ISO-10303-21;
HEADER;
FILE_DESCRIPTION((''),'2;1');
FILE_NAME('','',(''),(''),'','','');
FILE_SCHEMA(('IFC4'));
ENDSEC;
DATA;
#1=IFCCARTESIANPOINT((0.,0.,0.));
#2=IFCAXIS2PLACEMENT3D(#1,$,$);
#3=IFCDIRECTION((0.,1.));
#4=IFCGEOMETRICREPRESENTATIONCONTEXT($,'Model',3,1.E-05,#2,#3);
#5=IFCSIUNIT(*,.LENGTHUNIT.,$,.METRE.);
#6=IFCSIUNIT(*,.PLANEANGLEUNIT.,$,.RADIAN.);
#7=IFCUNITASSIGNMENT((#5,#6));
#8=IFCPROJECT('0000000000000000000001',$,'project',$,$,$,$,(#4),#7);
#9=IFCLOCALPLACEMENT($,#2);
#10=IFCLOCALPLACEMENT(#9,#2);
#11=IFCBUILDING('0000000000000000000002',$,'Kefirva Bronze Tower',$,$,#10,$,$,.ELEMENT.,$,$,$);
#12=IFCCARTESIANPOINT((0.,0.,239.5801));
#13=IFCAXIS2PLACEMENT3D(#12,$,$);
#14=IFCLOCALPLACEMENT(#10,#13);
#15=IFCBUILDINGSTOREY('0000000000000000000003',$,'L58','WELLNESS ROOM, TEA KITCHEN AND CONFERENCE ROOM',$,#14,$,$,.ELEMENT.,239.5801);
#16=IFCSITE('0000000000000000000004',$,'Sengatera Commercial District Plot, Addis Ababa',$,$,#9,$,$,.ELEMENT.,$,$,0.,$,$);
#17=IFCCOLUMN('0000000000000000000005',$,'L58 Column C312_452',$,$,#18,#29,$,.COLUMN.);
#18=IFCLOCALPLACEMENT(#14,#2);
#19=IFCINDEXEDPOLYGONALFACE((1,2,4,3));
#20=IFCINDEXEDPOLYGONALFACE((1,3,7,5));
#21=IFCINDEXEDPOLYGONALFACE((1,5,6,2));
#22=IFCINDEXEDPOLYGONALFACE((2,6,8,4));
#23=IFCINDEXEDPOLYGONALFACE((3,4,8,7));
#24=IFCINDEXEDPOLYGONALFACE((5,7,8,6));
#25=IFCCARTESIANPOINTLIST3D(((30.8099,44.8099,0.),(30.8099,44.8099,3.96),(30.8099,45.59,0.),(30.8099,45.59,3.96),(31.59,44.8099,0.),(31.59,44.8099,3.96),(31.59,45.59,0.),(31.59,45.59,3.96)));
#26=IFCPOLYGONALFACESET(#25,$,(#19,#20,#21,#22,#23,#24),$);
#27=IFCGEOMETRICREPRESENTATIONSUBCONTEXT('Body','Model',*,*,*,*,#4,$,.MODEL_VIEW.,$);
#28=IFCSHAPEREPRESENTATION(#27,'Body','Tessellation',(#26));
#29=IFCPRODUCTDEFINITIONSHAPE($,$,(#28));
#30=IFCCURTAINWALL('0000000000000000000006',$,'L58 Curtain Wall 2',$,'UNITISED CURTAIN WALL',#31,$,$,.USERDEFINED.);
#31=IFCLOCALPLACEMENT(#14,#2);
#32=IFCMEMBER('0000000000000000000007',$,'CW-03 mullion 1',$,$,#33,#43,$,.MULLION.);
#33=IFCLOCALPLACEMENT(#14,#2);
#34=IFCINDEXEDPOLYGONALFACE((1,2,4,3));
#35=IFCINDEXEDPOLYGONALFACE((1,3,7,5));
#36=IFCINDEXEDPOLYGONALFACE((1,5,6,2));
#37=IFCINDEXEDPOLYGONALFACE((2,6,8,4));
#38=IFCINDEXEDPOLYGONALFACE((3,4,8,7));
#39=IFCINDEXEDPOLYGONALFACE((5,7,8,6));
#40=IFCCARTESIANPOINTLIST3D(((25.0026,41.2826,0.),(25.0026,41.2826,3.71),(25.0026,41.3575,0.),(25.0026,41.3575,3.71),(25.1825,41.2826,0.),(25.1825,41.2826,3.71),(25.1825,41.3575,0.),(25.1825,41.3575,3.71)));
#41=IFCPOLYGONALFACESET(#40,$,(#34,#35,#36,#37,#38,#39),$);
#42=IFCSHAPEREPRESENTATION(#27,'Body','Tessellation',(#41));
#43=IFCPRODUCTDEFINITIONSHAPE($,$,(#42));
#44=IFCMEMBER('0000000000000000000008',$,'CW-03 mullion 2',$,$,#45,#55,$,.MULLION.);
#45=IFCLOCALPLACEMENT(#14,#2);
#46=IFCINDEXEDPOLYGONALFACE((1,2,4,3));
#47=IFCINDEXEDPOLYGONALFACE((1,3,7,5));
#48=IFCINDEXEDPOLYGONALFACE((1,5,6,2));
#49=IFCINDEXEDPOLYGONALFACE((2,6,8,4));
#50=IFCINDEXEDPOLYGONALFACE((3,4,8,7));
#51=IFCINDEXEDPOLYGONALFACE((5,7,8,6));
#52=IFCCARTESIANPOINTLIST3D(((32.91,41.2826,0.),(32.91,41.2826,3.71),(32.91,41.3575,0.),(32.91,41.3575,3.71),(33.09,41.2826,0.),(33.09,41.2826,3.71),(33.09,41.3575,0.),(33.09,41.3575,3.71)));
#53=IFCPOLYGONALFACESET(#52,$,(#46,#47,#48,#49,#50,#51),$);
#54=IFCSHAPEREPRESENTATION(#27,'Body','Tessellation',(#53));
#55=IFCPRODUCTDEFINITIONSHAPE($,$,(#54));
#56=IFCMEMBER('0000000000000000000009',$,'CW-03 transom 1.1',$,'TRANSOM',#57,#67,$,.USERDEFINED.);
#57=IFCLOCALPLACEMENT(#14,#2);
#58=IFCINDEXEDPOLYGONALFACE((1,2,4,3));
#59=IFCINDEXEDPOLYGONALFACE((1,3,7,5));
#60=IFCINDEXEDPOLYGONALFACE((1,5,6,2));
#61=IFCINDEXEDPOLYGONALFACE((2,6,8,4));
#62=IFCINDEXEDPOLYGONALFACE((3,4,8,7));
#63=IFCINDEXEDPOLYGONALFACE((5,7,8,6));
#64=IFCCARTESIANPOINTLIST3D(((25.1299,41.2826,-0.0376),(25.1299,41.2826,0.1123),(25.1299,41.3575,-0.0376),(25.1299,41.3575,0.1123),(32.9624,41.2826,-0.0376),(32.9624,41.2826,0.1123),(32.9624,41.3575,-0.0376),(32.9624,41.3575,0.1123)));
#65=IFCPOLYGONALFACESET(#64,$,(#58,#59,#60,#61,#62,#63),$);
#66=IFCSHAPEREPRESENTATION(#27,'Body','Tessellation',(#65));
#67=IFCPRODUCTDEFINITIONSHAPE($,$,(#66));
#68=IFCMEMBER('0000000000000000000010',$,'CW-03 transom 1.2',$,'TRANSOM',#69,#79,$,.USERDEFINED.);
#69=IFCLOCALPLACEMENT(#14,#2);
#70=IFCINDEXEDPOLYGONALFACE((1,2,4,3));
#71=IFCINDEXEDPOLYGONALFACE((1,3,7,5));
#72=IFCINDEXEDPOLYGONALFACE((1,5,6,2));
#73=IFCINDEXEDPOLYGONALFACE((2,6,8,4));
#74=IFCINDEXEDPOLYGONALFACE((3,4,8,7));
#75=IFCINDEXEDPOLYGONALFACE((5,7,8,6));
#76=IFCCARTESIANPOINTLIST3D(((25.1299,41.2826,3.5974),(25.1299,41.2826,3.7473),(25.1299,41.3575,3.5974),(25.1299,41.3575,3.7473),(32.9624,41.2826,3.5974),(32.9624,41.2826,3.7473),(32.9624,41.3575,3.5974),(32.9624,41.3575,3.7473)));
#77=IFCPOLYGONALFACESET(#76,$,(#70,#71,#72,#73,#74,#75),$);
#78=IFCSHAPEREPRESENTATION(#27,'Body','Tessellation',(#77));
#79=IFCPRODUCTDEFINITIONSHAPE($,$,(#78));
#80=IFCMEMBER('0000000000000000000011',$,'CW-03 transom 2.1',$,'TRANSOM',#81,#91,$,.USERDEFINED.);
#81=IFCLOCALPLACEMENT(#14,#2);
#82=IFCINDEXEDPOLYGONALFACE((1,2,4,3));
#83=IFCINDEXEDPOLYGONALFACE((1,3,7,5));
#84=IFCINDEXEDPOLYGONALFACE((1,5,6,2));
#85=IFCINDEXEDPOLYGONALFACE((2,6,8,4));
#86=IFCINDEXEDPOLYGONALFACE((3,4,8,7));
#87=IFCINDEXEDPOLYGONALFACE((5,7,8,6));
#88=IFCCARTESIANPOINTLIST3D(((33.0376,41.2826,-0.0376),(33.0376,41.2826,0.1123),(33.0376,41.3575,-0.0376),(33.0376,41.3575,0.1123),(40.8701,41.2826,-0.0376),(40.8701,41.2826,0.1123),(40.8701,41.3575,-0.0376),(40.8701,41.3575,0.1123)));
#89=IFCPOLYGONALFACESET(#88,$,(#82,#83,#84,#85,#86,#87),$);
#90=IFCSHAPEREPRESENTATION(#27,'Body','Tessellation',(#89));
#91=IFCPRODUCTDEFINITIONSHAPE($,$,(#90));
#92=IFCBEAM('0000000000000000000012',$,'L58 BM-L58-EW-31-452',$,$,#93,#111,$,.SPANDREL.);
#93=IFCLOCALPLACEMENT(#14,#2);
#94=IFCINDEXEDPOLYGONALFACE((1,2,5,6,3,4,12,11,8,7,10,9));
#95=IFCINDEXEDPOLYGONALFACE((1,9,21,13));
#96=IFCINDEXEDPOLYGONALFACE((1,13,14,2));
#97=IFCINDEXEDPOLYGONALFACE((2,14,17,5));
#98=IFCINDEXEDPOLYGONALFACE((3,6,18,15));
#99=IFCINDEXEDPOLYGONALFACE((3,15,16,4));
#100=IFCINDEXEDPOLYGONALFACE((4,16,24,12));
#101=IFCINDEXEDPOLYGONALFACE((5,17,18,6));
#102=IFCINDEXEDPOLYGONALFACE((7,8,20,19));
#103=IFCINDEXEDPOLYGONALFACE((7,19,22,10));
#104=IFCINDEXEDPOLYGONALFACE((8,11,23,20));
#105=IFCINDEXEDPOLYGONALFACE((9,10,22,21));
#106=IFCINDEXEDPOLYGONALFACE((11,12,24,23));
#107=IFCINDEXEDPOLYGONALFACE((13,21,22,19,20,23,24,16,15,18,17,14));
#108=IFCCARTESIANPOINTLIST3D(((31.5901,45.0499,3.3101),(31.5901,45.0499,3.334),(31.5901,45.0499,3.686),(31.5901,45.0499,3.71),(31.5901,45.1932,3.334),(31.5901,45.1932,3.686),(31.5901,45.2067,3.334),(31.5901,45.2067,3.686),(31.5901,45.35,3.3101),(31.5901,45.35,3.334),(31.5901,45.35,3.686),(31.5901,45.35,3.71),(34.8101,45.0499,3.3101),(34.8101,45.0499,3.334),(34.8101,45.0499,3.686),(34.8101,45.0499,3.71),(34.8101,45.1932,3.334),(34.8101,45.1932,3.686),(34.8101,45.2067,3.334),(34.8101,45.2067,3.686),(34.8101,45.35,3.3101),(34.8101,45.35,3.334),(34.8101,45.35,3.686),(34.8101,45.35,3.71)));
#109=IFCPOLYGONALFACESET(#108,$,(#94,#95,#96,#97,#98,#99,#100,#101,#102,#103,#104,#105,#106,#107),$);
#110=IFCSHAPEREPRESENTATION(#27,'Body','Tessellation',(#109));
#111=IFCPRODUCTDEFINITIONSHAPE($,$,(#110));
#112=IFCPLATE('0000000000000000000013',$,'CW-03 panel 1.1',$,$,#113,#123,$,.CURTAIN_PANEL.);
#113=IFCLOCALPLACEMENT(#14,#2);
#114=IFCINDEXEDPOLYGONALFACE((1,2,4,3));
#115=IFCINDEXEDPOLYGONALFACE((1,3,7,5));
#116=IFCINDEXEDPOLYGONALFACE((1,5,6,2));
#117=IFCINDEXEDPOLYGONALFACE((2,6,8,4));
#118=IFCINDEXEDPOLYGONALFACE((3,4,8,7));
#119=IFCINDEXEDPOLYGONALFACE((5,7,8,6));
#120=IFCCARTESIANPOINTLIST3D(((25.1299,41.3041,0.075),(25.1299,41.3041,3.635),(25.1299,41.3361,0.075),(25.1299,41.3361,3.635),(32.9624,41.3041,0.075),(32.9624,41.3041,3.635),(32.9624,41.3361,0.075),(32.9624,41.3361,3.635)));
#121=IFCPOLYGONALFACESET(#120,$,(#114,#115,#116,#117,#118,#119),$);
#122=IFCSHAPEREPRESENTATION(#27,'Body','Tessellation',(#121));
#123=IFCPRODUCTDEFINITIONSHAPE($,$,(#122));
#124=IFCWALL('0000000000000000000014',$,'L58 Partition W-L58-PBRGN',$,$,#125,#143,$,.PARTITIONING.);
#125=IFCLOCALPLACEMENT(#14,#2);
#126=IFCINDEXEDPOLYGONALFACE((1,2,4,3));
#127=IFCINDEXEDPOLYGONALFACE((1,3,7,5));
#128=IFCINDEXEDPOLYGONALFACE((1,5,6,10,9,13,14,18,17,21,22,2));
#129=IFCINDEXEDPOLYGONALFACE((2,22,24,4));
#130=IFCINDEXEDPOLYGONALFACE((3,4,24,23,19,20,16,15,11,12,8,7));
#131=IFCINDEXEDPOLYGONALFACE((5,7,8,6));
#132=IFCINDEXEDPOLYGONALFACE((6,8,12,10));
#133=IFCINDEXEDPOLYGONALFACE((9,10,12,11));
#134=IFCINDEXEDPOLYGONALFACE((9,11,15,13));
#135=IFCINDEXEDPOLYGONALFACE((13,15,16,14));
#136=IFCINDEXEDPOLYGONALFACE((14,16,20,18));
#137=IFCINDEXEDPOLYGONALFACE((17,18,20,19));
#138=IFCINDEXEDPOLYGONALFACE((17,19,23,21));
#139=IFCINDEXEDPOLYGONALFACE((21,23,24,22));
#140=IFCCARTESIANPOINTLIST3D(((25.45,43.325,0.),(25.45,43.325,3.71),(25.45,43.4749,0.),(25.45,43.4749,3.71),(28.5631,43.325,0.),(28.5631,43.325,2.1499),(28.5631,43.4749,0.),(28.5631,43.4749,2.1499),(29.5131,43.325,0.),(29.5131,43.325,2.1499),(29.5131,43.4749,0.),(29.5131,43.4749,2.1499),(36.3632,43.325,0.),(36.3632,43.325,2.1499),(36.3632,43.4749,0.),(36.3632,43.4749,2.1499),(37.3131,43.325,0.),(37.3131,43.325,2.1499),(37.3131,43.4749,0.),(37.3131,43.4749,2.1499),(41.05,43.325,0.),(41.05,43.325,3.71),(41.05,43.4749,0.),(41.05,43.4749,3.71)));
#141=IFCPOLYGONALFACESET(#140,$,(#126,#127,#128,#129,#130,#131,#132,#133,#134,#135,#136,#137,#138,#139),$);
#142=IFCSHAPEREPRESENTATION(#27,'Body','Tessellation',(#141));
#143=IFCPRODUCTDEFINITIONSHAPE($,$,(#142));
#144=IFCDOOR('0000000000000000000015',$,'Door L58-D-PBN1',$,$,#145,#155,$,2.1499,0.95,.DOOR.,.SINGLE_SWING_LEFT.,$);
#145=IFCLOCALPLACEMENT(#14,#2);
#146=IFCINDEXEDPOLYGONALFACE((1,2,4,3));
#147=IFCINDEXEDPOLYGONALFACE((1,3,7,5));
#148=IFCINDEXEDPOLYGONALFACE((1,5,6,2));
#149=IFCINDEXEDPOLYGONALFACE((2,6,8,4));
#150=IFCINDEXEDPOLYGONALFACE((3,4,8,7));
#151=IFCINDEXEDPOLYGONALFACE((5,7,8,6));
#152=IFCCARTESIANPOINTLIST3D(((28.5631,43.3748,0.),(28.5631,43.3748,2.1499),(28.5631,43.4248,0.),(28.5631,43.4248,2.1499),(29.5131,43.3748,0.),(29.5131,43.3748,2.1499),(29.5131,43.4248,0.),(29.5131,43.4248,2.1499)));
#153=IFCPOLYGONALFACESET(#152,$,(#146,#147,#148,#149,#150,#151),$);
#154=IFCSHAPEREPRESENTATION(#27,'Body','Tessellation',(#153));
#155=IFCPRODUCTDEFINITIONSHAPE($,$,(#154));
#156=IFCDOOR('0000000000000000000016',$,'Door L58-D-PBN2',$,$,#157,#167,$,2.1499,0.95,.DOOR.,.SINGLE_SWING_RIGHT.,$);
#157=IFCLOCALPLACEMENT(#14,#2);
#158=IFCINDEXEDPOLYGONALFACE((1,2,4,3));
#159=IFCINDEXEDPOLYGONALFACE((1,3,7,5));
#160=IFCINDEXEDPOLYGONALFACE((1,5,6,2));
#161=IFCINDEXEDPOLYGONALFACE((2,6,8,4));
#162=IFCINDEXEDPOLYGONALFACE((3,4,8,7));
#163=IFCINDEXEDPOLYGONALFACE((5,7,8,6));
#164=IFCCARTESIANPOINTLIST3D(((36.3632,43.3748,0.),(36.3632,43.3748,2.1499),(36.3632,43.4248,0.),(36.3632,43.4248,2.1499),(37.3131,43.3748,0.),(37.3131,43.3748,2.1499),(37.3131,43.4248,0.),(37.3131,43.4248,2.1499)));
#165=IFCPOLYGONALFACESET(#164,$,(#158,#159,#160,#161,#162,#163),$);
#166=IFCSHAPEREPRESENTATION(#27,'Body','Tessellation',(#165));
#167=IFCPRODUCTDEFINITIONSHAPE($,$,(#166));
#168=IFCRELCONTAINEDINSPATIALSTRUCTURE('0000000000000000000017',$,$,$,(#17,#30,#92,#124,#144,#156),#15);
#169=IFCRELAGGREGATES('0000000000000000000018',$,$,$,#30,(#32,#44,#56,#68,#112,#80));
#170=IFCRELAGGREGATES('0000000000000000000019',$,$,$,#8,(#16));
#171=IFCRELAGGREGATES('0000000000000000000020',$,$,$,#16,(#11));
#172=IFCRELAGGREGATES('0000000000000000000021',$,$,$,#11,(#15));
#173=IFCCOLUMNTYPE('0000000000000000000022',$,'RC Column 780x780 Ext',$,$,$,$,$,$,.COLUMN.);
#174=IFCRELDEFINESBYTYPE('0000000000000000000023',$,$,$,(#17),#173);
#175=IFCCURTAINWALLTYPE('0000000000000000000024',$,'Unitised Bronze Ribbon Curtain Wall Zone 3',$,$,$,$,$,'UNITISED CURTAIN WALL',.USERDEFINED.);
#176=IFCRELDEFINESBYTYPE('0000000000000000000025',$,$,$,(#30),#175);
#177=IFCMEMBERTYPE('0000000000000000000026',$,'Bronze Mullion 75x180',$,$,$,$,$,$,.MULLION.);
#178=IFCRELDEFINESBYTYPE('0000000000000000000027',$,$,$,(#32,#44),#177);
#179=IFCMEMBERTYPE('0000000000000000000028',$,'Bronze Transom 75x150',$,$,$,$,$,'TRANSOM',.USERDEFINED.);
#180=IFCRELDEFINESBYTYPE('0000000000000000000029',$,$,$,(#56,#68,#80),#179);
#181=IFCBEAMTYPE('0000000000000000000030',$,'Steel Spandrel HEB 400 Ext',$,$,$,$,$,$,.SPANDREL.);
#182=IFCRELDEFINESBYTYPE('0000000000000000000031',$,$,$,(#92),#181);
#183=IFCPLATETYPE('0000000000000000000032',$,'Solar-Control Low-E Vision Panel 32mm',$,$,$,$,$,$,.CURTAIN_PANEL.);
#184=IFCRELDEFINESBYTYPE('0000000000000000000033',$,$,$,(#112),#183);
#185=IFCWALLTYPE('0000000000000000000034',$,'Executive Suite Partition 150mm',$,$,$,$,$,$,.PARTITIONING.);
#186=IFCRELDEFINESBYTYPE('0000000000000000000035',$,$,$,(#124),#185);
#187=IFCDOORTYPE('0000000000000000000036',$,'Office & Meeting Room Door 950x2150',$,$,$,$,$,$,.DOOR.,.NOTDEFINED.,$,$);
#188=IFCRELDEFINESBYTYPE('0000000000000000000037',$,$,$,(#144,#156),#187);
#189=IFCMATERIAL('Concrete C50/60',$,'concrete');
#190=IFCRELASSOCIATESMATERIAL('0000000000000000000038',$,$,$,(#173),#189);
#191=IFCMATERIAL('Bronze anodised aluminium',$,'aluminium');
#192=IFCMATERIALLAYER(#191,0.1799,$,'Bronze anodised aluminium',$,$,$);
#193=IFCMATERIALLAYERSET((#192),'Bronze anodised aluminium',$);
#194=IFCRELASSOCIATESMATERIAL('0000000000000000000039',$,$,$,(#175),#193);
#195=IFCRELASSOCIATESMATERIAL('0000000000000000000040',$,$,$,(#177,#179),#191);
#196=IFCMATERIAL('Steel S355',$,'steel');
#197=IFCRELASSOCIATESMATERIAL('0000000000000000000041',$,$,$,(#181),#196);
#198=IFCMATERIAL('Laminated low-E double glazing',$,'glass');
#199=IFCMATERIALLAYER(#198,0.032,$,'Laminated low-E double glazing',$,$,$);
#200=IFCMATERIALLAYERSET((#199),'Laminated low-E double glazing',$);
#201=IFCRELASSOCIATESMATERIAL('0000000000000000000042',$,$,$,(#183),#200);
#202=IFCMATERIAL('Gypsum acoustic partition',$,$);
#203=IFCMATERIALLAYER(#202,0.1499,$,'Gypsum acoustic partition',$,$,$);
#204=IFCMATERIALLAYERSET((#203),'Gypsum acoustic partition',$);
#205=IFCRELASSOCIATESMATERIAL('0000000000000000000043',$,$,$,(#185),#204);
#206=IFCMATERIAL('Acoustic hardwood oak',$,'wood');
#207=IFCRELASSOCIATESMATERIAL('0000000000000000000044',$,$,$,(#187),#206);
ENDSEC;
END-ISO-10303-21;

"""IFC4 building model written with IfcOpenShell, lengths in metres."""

from ifc_helpers import new_model, si_unit, direction, frame, frame_2d, origin, origin_2d, place, context, subcontext, project, spatial, rectangle, i_section, extrude, material, layer, layer_set, material_profile, profile_set, type_object, element, fill, aggregate, save


model = new_model("IFC4")

# Units and contexts
model_context = context("Model", 3, precision=1e-05, world=origin(), true_north=direction((0.0, 1.0)))
body_context = subcontext(model_context, "Body", "Model", "MODEL_VIEW")
ifc_project = project(units=[si_unit("LENGTHUNIT", "METRE"), si_unit("PLANEANGLEUNIT", "RADIAN")], contexts=[model_context])

# Site, building, storey
site_placement = place(None, origin())
site = spatial("IfcSite", under=ifc_project, at=site_placement, Name="Sengatera Commercial District Plot, Addis Ababa", CompositionType="ELEMENT", RefElevation=0.0)
building_placement = place(site_placement, origin())
building = spatial("IfcBuilding", under=site, at=building_placement, Name="Kefirva Bronze Tower", CompositionType="ELEMENT")
storey_placement = place(building_placement, frame((0.0, 0.0, 239.5801)))
storey = spatial("IfcBuildingStorey", under=building, at=storey_placement, Name="L58", Description="WELLNESS ROOM, TEA KITCHEN AND CONFERENCE ROOM", CompositionType="ELEMENT", Elevation=239.5801)

# Column
ifc_material_1 = material(Name="Concrete C50/60", Category="concrete")
ifc_material_profile_1 = material_profile(ifc_material_1, rectangle(XDim=0.78, YDim=0.78, at=origin_2d()), Name="RC 780x780")
ifc_profile_set_1 = profile_set([ifc_material_profile_1], Name="Concrete C50/60")
column_type = type_object("IfcColumnType", Name="RC Column 780x780 Ext", PredefinedType="COLUMN", material=ifc_profile_set_1)
column_placement = place(storey_placement, frame((31.2, 45.2, 0.0), z_axis=(0.0, 0.0, 1.0), x_axis=(1.0, 0.0, 0.0)))
element("IfcColumn", 1, at=column_placement, inside=storey, type_object=column_type, Name="L58 Column C312_452", PredefinedType="COLUMN", context=body_context, shape_type="SweptSolid", body=[
    extrude(rectangle(XDim=0.78, YDim=0.78, at=origin_2d()), origin(), (0.0, 0.0, 1.0), 3.96),
])

# Curtain wall, members
ifc_material_2 = material(Name="Bronze anodised aluminium", Category="aluminium")
ifc_layer_1 = layer(ifc_material_2, 0.1799, Name="Bronze anodised aluminium")
ifc_layer_set_1 = layer_set([ifc_layer_1], Name="Bronze anodised aluminium")
curtain_wall_type = type_object("IfcCurtainWallType", Name="Unitised Bronze Ribbon Curtain Wall Zone 3", ElementType="UNITISED CURTAIN WALL", PredefinedType="USERDEFINED", material=ifc_layer_set_1)
curtain_wall_placement = place(storey_placement, origin())
curtain_wall = element("IfcCurtainWall", 2, at=curtain_wall_placement, inside=storey, type_object=curtain_wall_type, Name="L58 Curtain Wall 2", ObjectType="UNITISED CURTAIN WALL", PredefinedType="USERDEFINED")
ifc_material_profile_2 = material_profile(ifc_material_2, rectangle(XDim=0.075, YDim=0.1799, at=origin_2d()), Name="ALU 75x180")
ifc_profile_set_2 = profile_set([ifc_material_profile_2], Name="Bronze anodised aluminium")
member_type_1 = type_object("IfcMemberType", Name="Bronze Mullion 75x180", PredefinedType="MULLION", material=ifc_profile_set_2)
member_1_placement = place(storey_placement, frame((25.0925, 41.3201, 0.0), z_axis=(0.0, 0.0, 1.0), x_axis=(0.0, 1.0, 0.0)))
member_1 = element("IfcMember", 3, at=member_1_placement, type_object=member_type_1, Name="CW-03 mullion 1", PredefinedType="MULLION", context=body_context, shape_type="SweptSolid", body=[
    extrude(rectangle(XDim=0.075, YDim=0.1799, at=origin_2d()), origin(), (0.0, 0.0, 1.0), 3.71),
])
member_2_placement = place(storey_placement, frame((33.0, 41.3201, 0.0), z_axis=(0.0, 0.0, 1.0), x_axis=(0.0, 1.0, 0.0)))
member_2 = element("IfcMember", 4, at=member_2_placement, type_object=member_type_1, Name="CW-03 mullion 2", PredefinedType="MULLION", context=body_context, shape_type="SweptSolid", body=[
    extrude(rectangle(XDim=0.075, YDim=0.1799, at=origin_2d()), origin(), (0.0, 0.0, 1.0), 3.71),
])
ifc_material_profile_3 = material_profile(ifc_material_2, rectangle(XDim=0.075, YDim=0.1499, at=origin_2d()), Name="ALU 75x150")
ifc_profile_set_3 = profile_set([ifc_material_profile_3], Name="Bronze anodised aluminium")
member_type_2 = type_object("IfcMemberType", Name="Bronze Transom 75x150", ElementType="TRANSOM", PredefinedType="USERDEFINED", material=ifc_profile_set_3)
member_3_placement = place(storey_placement, frame((25.1299, 41.3201, 0.0374), z_axis=(1.0, 0.0, 0.0), x_axis=(0.0, 1.0, 0.0)))
member_3 = element("IfcMember", 5, at=member_3_placement, type_object=member_type_2, Name="CW-03 transom 1.1", ObjectType="TRANSOM", PredefinedType="USERDEFINED", context=body_context, shape_type="SweptSolid", body=[
    extrude(rectangle(XDim=0.075, YDim=0.1499, at=origin_2d()), origin(), (0.0, 0.0, 1.0), 7.8325),
])
member_4_placement = place(storey_placement, frame((25.1299, 41.3201, 3.6724), z_axis=(1.0, 0.0, 0.0), x_axis=(0.0, 1.0, 0.0)))
member_4 = element("IfcMember", 6, at=member_4_placement, type_object=member_type_2, Name="CW-03 transom 1.2", ObjectType="TRANSOM", PredefinedType="USERDEFINED", context=body_context, shape_type="SweptSolid", body=[
    extrude(rectangle(XDim=0.075, YDim=0.1499, at=origin_2d()), origin(), (0.0, 0.0, 1.0), 7.8325),
])
member_5_placement = place(storey_placement, frame((33.0376, 41.3201, 0.0374), z_axis=(1.0, 0.0, 0.0), x_axis=(0.0, 1.0, 0.0)))
member_5 = element("IfcMember", 7, at=member_5_placement, type_object=member_type_2, Name="CW-03 transom 2.1", ObjectType="TRANSOM", PredefinedType="USERDEFINED", context=body_context, shape_type="SweptSolid", body=[
    extrude(rectangle(XDim=0.075, YDim=0.1499, at=origin_2d()), origin(), (0.0, 0.0, 1.0), 7.8325),
])

# Beam
ifc_material_3 = material(Name="Steel S355", Category="steel")
ifc_material_profile_4 = material_profile(ifc_material_3, i_section(OverallWidth=0.3, OverallDepth=0.3999, WebThickness=0.0134, FlangeThickness=0.0239, at=origin_2d()), Name="HEB 400")
ifc_profile_set_4 = profile_set([ifc_material_profile_4], Name="Steel S355")
beam_type = type_object("IfcBeamType", Name="Steel Spandrel HEB 400 Ext", PredefinedType="SPANDREL", material=ifc_profile_set_4)
beam_placement = place(storey_placement, frame((31.5901, 45.2, 3.51), z_axis=(1.0, 0.0, 0.0), x_axis=(0.0, 1.0, 0.0)))
element("IfcBeam", 8, at=beam_placement, inside=storey, type_object=beam_type, Name="L58 BM-L58-EW-31-452", PredefinedType="SPANDREL", context=body_context, shape_type="SweptSolid", body=[
    extrude(i_section(OverallWidth=0.3, OverallDepth=0.3999, WebThickness=0.0134, FlangeThickness=0.0239, at=origin_2d()), origin(), (0.0, 0.0, 1.0), 3.22),
])

# Plate
ifc_material_4 = material(Name="Laminated low-E double glazing", Category="glass")
ifc_layer_2 = layer(ifc_material_4, 0.032, Name="Laminated low-E double glazing")
ifc_layer_set_2 = layer_set([ifc_layer_2], Name="Laminated low-E double glazing")
plate_type = type_object("IfcPlateType", Name="Solar-Control Low-E Vision Panel 32mm", PredefinedType="CURTAIN_PANEL", material=ifc_layer_set_2)
plate_placement = place(storey_placement, frame((29.0461, 41.3201, 0.075), z_axis=(0.0, 0.0, 1.0), x_axis=(1.0, 0.0, 0.0)))
plate = element("IfcPlate", 9, at=plate_placement, type_object=plate_type, Name="CW-03 panel 1.1", PredefinedType="CURTAIN_PANEL", context=body_context, shape_type="SweptSolid", body=[
    extrude(rectangle(XDim=7.8325, YDim=0.032, at=origin_2d()), origin(), (0.0, 0.0, 1.0), 3.5601),
])
aggregate(curtain_wall, [member_1, member_2, member_3, member_4, plate, member_5])

# Wall, openings, doors
ifc_material_5 = material(Name="Gypsum acoustic partition")
ifc_layer_3 = layer(ifc_material_5, 0.1499, Name="Gypsum acoustic partition")
ifc_layer_set_3 = layer_set([ifc_layer_3], Name="Gypsum acoustic partition")
wall_type = type_object("IfcWallType", Name="Executive Suite Partition 150mm", PredefinedType="PARTITIONING", material=ifc_layer_set_3)
wall_placement = place(storey_placement, frame((25.45, 43.3999, 0.0), z_axis=(0.0, 0.0, 1.0), x_axis=(1.0, 0.0, 0.0)))
wall = element("IfcWall", 10, at=wall_placement, inside=storey, type_object=wall_type, Name="L58 Partition W-L58-PBRGN", PredefinedType="PARTITIONING", context=body_context, shape_type="SweptSolid", body=[
    extrude(rectangle(XDim=15.6001, YDim=0.1499, at=frame_2d((7.8, 0.0))), origin(), (0.0, 0.0, 1.0), 3.71),
])
opening_1_placement = place(wall_placement, frame((3.113, 0.0, 0.0)))
opening_1 = element("IfcOpeningElement", 11, at=opening_1_placement, cuts=wall, PredefinedType="OPENING", context=body_context, shape_type="SweptSolid", body=[
    extrude(rectangle(XDim=0.95, YDim=2.1499, at=frame_2d((0.4751, 1.075))), frame((0.0, 0.085, 0.0), z_axis=(0.0, -1.0, 0.0), x_axis=(1.0, 0.0, 0.0)), (0.0, 0.0, 1.0), 0.1699),
])
opening_2_placement = place(wall_placement, frame((10.9131, 0.0, 0.0)))
opening_2 = element("IfcOpeningElement", 12, at=opening_2_placement, cuts=wall, PredefinedType="OPENING", context=body_context, shape_type="SweptSolid", body=[
    extrude(rectangle(XDim=0.95, YDim=2.1499, at=frame_2d((0.4751, 1.075))), frame((0.0, 0.085, 0.0), z_axis=(0.0, -1.0, 0.0), x_axis=(1.0, 0.0, 0.0)), (0.0, 0.0, 1.0), 0.1699),
])
ifc_material_6 = material(Name="Acoustic hardwood oak", Category="wood")
door_type = type_object("IfcDoorType", Name="Office & Meeting Room Door 950x2150", OperationType="NOTDEFINED", PredefinedType="DOOR", material=ifc_material_6)
door_1_placement = place(opening_1_placement, origin())
door_1 = element("IfcDoor", 13, at=door_1_placement, inside=storey, type_object=door_type, Name="Door L58-D-PBN1", OperationType="SINGLE_SWING_LEFT", OverallHeight=2.1499, OverallWidth=0.95, PredefinedType="DOOR", context=body_context, shape_type="SweptSolid", body=[
    extrude(rectangle(XDim=0.95, YDim=2.1499, at=frame_2d((0.4751, 1.075))), frame((0.0, 0.0249, 0.0), z_axis=(0.0, -1.0, 0.0), x_axis=(1.0, 0.0, 0.0)), (0.0, 0.0, 1.0), 0.05),
])
fill(opening_1, door_1)
door_2_placement = place(opening_2_placement, origin())
door_2 = element("IfcDoor", 14, at=door_2_placement, inside=storey, type_object=door_type, Name="Door L58-D-PBN2", OperationType="SINGLE_SWING_RIGHT", OverallHeight=2.1499, OverallWidth=0.95, PredefinedType="DOOR", context=body_context, shape_type="SweptSolid", body=[
    extrude(rectangle(XDim=0.95, YDim=2.1499, at=frame_2d((0.4751, 1.075))), frame((0.0, 0.0249, 0.0), z_axis=(0.0, -1.0, 0.0), x_axis=(1.0, 0.0, 0.0)), (0.0, 0.0, 1.0), 0.05),
])
fill(opening_2, door_2)

save(model, "model.ifc")
